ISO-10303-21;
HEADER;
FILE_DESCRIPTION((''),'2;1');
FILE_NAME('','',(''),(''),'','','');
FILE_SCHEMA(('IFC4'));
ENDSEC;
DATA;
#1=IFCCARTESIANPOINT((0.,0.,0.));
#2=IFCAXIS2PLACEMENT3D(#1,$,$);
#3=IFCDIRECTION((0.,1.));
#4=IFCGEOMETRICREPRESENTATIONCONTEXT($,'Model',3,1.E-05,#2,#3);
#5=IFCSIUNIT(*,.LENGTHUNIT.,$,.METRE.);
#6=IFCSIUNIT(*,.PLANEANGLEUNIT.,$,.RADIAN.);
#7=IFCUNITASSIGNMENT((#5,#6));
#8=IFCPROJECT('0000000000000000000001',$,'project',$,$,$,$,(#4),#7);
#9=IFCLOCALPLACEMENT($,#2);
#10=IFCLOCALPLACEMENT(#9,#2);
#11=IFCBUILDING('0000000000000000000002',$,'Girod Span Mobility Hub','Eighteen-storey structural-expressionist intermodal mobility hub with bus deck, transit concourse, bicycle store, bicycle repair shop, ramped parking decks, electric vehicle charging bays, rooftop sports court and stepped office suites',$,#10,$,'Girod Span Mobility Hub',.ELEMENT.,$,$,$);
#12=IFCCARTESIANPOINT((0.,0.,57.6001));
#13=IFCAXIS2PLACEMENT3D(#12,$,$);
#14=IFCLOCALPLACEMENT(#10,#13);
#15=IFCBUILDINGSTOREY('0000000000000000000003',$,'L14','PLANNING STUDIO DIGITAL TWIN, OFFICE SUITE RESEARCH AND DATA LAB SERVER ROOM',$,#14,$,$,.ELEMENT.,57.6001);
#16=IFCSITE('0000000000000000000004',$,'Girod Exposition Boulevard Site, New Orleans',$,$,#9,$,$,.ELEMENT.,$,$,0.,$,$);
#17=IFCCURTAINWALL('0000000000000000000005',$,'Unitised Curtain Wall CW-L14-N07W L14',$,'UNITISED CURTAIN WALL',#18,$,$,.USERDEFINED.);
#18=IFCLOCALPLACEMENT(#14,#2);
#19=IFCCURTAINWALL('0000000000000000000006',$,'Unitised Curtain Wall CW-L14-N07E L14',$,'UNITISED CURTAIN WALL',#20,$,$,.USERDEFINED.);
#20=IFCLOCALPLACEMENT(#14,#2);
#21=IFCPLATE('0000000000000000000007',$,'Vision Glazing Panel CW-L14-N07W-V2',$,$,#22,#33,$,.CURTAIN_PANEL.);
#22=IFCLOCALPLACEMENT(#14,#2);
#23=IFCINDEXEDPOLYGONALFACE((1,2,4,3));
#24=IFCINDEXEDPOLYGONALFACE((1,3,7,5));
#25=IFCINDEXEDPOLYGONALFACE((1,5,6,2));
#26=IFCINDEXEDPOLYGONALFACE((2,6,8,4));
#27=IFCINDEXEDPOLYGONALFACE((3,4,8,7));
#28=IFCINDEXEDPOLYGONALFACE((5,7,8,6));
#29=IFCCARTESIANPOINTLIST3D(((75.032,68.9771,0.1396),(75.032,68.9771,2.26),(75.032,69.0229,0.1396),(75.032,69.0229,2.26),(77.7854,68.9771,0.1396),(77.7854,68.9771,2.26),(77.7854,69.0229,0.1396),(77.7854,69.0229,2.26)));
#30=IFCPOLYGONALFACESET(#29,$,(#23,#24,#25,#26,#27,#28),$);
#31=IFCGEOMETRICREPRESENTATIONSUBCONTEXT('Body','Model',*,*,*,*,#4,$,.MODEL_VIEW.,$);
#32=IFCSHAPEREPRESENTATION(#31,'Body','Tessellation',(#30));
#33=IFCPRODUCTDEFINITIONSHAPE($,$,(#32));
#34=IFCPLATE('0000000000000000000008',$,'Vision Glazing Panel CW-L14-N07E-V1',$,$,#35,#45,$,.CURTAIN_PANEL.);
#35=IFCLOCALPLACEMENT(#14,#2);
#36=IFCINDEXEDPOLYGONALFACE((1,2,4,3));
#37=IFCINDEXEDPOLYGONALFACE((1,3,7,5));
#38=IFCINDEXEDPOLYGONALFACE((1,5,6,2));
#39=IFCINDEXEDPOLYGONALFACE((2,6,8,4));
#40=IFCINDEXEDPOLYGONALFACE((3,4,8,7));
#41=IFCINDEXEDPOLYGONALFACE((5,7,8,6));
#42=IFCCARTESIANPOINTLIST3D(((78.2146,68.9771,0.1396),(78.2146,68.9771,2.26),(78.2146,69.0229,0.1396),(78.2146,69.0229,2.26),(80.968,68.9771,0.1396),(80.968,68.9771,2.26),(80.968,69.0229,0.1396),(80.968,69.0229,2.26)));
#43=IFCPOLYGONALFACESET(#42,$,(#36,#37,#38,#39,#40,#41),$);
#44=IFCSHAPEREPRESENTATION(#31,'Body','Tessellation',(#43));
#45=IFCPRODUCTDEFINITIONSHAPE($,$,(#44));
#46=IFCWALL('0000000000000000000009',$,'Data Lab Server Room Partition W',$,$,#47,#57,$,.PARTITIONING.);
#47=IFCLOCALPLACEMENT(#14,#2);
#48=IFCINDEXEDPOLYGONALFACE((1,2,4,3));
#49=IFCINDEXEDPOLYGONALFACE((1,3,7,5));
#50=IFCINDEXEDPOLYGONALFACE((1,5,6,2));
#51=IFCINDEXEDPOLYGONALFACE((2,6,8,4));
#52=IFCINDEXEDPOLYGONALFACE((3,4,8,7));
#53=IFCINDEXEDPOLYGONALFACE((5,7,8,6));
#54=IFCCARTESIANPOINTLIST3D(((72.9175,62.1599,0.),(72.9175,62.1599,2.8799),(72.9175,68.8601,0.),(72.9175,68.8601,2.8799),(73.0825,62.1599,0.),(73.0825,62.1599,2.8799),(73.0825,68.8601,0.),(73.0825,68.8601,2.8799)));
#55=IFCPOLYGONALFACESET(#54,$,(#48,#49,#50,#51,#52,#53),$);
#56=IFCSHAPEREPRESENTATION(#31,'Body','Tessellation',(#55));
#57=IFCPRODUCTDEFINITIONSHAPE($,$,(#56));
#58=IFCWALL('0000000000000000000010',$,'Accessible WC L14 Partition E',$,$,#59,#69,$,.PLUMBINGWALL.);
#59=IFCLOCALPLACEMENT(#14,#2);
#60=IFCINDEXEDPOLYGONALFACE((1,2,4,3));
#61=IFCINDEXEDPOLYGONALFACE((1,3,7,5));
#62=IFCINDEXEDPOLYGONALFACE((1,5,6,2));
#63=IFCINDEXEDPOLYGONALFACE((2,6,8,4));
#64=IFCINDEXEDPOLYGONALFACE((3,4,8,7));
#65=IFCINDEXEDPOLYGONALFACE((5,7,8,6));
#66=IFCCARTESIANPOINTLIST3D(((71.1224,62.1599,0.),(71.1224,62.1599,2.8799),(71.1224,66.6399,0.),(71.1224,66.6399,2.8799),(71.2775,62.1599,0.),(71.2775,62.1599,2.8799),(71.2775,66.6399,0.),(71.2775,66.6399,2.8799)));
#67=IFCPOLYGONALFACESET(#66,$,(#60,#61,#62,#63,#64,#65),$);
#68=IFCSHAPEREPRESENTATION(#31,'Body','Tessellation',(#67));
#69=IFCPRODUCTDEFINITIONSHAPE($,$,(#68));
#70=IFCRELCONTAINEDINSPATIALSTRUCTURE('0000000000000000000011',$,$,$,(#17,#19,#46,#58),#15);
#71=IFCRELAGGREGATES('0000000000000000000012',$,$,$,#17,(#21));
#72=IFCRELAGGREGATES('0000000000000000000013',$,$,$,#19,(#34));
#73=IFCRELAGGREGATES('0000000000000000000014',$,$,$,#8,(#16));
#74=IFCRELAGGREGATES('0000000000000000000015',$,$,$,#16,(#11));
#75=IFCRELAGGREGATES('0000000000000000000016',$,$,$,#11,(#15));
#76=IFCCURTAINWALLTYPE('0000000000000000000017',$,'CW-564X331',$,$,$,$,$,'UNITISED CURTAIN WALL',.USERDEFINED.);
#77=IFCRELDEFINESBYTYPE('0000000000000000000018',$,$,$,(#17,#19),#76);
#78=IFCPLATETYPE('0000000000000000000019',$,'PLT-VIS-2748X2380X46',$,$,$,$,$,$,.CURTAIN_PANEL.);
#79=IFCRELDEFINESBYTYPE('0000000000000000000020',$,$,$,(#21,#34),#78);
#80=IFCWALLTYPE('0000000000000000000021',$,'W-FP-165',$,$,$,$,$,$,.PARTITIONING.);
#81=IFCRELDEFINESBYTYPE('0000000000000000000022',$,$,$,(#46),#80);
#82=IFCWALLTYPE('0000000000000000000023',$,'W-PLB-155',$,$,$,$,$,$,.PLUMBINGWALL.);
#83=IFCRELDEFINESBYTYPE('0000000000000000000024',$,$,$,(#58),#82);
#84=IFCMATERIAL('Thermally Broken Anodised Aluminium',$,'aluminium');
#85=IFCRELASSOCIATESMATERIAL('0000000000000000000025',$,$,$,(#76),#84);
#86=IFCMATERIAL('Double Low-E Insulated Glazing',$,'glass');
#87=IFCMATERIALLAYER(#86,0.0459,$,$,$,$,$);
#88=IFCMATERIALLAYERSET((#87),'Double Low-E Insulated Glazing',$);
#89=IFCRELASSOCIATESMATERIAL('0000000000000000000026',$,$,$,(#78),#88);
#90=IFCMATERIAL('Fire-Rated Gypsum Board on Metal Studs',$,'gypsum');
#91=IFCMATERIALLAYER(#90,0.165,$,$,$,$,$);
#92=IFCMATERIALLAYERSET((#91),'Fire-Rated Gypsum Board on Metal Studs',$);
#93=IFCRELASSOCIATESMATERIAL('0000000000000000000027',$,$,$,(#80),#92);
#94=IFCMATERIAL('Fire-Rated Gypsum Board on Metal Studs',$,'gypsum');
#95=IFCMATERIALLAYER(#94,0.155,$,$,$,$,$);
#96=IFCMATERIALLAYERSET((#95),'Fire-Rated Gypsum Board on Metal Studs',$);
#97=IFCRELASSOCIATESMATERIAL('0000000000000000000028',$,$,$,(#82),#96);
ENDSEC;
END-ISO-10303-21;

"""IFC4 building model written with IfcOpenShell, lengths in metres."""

from ifc_helpers import new_model, si_unit, direction, frame, frame_2d, origin, origin_2d, place, context, subcontext, project, spatial, rectangle, extrude, material, layer, layer_set, type_object, element, aggregate, save


model = new_model("IFC4")

# Units and contexts
model_context = context("Model", 3, precision=1e-05, world=origin(), true_north=direction((0.0, 1.0)))
body_context = subcontext(model_context, "Body", "Model", "MODEL_VIEW")
ifc_project = project(units=[si_unit("LENGTHUNIT", "METRE"), si_unit("PLANEANGLEUNIT", "RADIAN")], contexts=[model_context])

# Site, building, storey
site_placement = place(None, origin())
site = spatial("IfcSite", under=ifc_project, at=site_placement, Name="Girod Exposition Boulevard Site, New Orleans", CompositionType="ELEMENT", RefElevation=0.0)
building_placement = place(site_placement, origin())
building = spatial("IfcBuilding", under=site, at=building_placement, Name="Girod Span Mobility Hub", Description="Eighteen-storey structural-expressionist intermodal mobility hub with bus deck, transit concourse, bicycle store, bicycle repair shop, ramped parking decks, electric vehicle charging bays, rooftop sports court and stepped office suites", LongName="Girod Span Mobility Hub", CompositionType="ELEMENT")
storey_placement = place(building_placement, frame((0.0, 0.0, 57.6001)))
storey = spatial("IfcBuildingStorey", under=building, at=storey_placement, Name="L14", Description="PLANNING STUDIO DIGITAL TWIN, OFFICE SUITE RESEARCH AND DATA LAB SERVER ROOM", CompositionType="ELEMENT", Elevation=57.6001)

# Curtain wall
ifc_material_1 = material(Name="Thermally Broken Anodised Aluminium", Category="aluminium")
curtain_wall_type = type_object("IfcCurtainWallType", Name="CW-564X331", ElementType="UNITISED CURTAIN WALL", PredefinedType="USERDEFINED", material=ifc_material_1)
curtain_wall_1_placement = place(storey_placement, origin())
curtain_wall_1 = element("IfcCurtainWall", 1, at=curtain_wall_1_placement, inside=storey, type_object=curtain_wall_type, Name="Unitised Curtain Wall CW-L14-N07W L14", ObjectType="UNITISED CURTAIN WALL", PredefinedType="USERDEFINED")

# Curtain wall
curtain_wall_2_placement = place(storey_placement, origin())
curtain_wall_2 = element("IfcCurtainWall", 2, at=curtain_wall_2_placement, inside=storey, type_object=curtain_wall_type, Name="Unitised Curtain Wall CW-L14-N07E L14", ObjectType="UNITISED CURTAIN WALL", PredefinedType="USERDEFINED")

# Plates
ifc_material_2 = material(Name="Double Low-E Insulated Glazing", Category="glass")
ifc_layer_1 = layer(ifc_material_2, 0.0459)
ifc_layer_set_1 = layer_set([ifc_layer_1], Name="Double Low-E Insulated Glazing")
plate_type_1 = type_object("IfcPlateType", Name="PLT-VIS-2748X2380X46", PredefinedType="CURTAIN_PANEL", material=ifc_layer_set_1)
plate_1_placement = place(storey_placement, frame((76.4087, 69.0, 0.1396), z_axis=(0.0, 0.0, 1.0), x_axis=(1.0, 0.0, 0.0)))
plate_1 = element("IfcPlate", 3, at=plate_1_placement, type_object=plate_type_1, Name="Vision Glazing Panel CW-L14-N07W-V2", PredefinedType="CURTAIN_PANEL", context=body_context, shape_type="SweptSolid", body=[
    extrude(rectangle(XDim=2.7534, YDim=0.0459, at=origin_2d()), origin(), (0.0, 0.0, 1.0), 2.1204),
])
aggregate(curtain_wall_1, [plate_1])
plate_2_placement = place(storey_placement, frame((79.5913, 69.0, 0.1396), z_axis=(0.0, 0.0, 1.0), x_axis=(1.0, 0.0, 0.0)))
plate_2 = element("IfcPlate", 4, at=plate_2_placement, type_object=plate_type_1, Name="Vision Glazing Panel CW-L14-N07E-V1", PredefinedType="CURTAIN_PANEL", context=body_context, shape_type="SweptSolid", body=[
    extrude(rectangle(XDim=2.7534, YDim=0.0459, at=origin_2d()), origin(), (0.0, 0.0, 1.0), 2.1204),
])
aggregate(curtain_wall_2, [plate_2])

# Walls
ifc_material_3 = material(Name="Fire-Rated Gypsum Board on Metal Studs", Category="gypsum")
ifc_layer_2 = layer(ifc_material_3, 0.165)
ifc_layer_set_2 = layer_set([ifc_layer_2], Name="Fire-Rated Gypsum Board on Metal Studs")
wall_type_1 = type_object("IfcWallType", Name="W-FP-165", PredefinedType="PARTITIONING", material=ifc_layer_set_2)
wall_1_placement = place(storey_placement, frame((73.0, 62.1599, 0.0), z_axis=(0.0, 0.0, 1.0), x_axis=(0.0, 1.0, 0.0)))
element("IfcWall", 5, at=wall_1_placement, inside=storey, type_object=wall_type_1, Name="Data Lab Server Room Partition W", PredefinedType="PARTITIONING", context=body_context, shape_type="SweptSolid", body=[
    extrude(rectangle(XDim=6.7002, YDim=0.165, at=frame_2d((3.3501, 0.0))), origin(), (0.0, 0.0, 1.0), 2.8799),
])
ifc_material_4 = material(Name="Fire-Rated Gypsum Board on Metal Studs", Category="gypsum")
ifc_layer_3 = layer(ifc_material_4, 0.155)
ifc_layer_set_3 = layer_set([ifc_layer_3], Name="Fire-Rated Gypsum Board on Metal Studs")
wall_type_2 = type_object("IfcWallType", Name="W-PLB-155", PredefinedType="PLUMBINGWALL", material=ifc_layer_set_3)
wall_2_placement = place(storey_placement, frame((71.2, 62.1599, 0.0), z_axis=(0.0, 0.0, 1.0), x_axis=(0.0, 1.0, 0.0)))
element("IfcWall", 6, at=wall_2_placement, inside=storey, type_object=wall_type_2, Name="Accessible WC L14 Partition E", PredefinedType="PLUMBINGWALL", context=body_context, shape_type="SweptSolid", body=[
    extrude(rectangle(XDim=4.48, YDim=0.155, at=frame_2d((2.24, 0.0))), origin(), (0.0, 0.0, 1.0), 2.8799),
])

save(model, "model.ifc")
